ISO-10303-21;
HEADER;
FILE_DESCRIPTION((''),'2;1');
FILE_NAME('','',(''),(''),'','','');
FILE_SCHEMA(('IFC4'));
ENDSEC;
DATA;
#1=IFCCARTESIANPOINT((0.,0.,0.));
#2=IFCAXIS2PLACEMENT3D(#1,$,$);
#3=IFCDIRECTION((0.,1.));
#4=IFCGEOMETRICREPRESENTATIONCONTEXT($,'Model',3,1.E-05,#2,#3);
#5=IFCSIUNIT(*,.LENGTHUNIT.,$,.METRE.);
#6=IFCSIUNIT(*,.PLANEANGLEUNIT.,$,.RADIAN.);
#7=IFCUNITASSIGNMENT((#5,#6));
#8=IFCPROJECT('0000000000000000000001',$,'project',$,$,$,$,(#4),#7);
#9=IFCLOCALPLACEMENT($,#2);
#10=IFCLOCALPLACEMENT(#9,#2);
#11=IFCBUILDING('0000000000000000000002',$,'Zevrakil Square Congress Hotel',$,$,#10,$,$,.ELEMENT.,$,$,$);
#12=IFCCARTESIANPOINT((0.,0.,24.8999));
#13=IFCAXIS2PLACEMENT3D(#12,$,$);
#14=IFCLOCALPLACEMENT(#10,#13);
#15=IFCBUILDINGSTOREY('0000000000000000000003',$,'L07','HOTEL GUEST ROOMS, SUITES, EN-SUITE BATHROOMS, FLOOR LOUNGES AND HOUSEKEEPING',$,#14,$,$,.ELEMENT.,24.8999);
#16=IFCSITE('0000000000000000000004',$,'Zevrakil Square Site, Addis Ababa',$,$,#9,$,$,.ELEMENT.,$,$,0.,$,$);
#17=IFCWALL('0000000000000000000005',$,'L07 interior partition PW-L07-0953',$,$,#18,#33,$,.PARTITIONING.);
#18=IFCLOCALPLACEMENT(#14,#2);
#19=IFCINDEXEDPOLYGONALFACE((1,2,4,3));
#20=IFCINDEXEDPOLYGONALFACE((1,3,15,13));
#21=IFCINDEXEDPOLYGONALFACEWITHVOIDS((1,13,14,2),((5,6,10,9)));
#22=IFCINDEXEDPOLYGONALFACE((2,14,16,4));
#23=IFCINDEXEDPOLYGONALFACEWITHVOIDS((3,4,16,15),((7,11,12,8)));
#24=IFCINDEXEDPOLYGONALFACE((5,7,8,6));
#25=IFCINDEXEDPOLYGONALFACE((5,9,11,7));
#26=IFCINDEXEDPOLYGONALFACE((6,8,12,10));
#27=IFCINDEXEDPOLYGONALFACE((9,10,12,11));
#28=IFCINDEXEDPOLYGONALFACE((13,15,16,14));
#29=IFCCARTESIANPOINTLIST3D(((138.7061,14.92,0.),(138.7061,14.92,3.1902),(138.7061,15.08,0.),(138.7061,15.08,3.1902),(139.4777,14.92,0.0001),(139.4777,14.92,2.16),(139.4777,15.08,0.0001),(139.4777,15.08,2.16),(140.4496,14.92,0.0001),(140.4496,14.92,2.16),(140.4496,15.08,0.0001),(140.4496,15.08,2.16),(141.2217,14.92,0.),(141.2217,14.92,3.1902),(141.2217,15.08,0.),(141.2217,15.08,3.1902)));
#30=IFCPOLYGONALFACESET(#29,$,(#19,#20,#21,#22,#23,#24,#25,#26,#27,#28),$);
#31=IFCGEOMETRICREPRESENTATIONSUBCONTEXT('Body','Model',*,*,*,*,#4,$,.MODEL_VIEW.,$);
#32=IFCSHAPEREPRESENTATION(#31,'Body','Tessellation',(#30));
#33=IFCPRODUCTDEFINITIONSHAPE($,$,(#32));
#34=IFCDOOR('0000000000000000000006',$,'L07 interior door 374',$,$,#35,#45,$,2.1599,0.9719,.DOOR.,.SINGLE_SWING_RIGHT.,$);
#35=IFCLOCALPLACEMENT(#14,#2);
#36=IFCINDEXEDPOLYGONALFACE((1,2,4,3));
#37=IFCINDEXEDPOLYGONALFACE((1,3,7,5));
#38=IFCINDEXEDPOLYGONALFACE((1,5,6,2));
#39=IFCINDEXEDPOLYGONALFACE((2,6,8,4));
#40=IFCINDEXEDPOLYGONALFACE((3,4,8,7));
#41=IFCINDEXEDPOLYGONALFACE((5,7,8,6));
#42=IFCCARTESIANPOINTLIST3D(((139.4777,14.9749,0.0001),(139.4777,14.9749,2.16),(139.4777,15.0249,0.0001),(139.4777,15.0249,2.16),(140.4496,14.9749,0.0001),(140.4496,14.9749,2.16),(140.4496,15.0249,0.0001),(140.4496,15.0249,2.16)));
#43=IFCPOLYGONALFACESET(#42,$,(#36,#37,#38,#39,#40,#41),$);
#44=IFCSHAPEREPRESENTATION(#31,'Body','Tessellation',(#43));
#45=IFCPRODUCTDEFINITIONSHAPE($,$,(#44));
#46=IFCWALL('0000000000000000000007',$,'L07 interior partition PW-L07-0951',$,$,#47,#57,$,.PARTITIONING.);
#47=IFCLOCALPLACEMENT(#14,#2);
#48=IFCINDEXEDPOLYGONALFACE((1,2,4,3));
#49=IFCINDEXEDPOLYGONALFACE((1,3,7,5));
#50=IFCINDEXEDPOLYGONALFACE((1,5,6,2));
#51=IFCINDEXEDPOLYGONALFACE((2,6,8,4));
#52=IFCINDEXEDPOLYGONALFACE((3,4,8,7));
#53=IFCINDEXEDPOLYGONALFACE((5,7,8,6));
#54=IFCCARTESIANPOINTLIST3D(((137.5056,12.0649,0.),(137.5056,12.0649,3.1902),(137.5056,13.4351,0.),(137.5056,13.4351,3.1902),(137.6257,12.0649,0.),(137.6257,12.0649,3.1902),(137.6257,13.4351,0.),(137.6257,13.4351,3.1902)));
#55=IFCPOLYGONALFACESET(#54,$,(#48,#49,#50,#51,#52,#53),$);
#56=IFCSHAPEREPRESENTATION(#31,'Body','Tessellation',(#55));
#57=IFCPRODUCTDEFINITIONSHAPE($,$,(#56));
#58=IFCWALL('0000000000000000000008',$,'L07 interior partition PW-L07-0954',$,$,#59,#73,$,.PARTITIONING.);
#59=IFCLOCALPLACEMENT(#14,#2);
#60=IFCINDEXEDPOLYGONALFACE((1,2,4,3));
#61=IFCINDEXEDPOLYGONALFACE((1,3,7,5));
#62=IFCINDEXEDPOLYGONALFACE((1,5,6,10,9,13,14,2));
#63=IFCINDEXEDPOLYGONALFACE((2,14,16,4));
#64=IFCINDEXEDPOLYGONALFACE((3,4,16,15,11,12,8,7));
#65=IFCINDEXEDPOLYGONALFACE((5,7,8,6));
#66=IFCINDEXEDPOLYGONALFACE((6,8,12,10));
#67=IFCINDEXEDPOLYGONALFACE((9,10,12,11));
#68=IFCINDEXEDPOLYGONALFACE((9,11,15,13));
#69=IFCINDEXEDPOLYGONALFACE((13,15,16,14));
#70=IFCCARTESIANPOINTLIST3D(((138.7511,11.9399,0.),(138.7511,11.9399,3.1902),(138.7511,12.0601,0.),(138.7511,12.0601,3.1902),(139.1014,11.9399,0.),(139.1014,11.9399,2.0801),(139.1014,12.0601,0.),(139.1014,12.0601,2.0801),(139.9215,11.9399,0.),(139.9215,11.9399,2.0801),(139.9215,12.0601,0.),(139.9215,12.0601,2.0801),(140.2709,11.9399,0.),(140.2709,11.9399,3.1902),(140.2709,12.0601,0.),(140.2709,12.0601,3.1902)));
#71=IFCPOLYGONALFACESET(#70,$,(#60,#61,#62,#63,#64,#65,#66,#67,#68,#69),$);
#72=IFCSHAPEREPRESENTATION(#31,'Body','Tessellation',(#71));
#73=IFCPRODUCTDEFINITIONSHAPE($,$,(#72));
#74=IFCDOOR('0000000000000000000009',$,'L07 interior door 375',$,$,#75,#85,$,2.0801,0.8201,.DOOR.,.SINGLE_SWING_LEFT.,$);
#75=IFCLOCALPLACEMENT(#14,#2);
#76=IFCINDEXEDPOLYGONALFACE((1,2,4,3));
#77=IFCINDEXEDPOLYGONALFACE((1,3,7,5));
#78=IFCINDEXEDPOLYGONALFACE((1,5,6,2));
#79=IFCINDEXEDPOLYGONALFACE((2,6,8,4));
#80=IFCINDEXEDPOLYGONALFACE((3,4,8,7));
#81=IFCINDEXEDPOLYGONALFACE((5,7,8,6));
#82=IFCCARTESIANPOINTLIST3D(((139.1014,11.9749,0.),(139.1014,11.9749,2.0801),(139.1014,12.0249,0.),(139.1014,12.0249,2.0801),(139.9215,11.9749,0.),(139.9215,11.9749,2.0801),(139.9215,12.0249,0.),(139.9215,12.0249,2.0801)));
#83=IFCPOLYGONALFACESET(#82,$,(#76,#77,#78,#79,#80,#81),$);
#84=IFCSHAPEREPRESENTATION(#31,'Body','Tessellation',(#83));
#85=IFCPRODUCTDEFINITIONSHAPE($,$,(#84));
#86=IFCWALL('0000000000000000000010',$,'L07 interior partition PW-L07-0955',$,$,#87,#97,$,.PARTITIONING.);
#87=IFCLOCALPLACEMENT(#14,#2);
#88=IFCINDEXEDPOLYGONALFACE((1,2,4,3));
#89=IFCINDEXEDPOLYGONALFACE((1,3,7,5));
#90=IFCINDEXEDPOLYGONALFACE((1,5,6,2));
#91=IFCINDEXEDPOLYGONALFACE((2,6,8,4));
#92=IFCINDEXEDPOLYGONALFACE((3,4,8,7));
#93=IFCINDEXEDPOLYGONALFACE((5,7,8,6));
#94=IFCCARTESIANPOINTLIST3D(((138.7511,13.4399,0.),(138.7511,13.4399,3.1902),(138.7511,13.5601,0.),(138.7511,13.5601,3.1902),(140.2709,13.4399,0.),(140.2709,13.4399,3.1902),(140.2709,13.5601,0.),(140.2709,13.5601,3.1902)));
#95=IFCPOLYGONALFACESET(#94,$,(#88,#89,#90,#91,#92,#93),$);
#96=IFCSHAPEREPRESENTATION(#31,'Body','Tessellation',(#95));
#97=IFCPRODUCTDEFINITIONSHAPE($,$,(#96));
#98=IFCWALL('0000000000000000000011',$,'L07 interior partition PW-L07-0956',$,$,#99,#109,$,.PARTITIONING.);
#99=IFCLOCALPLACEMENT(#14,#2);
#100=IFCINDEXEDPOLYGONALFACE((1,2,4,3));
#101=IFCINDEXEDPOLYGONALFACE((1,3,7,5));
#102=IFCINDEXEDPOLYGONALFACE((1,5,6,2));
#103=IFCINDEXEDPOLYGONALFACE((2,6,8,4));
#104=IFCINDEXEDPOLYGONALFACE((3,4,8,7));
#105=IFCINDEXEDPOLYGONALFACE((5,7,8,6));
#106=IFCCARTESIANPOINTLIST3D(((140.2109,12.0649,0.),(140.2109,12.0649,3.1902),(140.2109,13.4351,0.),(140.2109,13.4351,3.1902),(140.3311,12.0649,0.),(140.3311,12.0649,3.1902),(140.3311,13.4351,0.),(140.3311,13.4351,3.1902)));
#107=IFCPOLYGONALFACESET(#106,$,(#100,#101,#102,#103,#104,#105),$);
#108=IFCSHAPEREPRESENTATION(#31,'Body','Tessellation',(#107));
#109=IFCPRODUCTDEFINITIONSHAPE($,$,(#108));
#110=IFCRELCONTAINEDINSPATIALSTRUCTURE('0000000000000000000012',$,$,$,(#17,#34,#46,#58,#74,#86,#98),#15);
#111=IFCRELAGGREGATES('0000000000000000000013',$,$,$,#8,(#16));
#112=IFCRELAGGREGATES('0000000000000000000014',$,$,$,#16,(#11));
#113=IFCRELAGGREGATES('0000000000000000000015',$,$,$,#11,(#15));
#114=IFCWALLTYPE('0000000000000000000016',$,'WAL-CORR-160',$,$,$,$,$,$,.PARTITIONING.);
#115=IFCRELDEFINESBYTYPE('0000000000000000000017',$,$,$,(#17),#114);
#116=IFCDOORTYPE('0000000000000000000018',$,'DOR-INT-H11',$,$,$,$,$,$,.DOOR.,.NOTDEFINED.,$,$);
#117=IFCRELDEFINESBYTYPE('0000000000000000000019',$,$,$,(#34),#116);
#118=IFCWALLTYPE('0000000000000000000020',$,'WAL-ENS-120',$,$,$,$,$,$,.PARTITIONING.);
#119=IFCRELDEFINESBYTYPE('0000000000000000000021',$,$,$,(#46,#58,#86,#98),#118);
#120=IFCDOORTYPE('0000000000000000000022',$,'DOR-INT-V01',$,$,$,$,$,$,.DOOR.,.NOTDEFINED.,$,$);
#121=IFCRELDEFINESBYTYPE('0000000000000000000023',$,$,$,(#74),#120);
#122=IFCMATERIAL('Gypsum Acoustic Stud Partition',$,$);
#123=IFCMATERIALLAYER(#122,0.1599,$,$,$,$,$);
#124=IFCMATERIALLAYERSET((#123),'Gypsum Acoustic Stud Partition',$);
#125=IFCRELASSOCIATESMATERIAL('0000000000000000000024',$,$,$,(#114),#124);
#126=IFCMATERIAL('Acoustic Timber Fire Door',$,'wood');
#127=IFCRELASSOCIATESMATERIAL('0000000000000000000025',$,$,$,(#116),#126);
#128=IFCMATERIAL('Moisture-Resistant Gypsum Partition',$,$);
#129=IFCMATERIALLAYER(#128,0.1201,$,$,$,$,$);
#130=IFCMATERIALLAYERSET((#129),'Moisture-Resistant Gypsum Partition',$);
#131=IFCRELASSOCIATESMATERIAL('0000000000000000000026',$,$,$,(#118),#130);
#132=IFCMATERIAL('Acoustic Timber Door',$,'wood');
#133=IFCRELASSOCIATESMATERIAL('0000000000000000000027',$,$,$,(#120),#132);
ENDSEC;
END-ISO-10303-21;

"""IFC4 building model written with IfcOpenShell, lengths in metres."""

from ifc_helpers import new_model, si_unit, direction, frame, frame_2d, origin, place, context, subcontext, project, spatial, rectangle, extrude, material, layer, layer_set, type_object, element, fill, save


model = new_model("IFC4")

# Units and contexts
model_context = context("Model", 3, precision=1e-05, world=origin(), true_north=direction((0.0, 1.0)))
body_context = subcontext(model_context, "Body", "Model", "MODEL_VIEW")
ifc_project = project(units=[si_unit("LENGTHUNIT", "METRE"), si_unit("PLANEANGLEUNIT", "RADIAN")], contexts=[model_context])

# Site, building, storey
site_placement = place(None, origin())
site = spatial("IfcSite", under=ifc_project, at=site_placement, Name="Zevrakil Square Site, Addis Ababa", CompositionType="ELEMENT", RefElevation=0.0)
building_placement = place(site_placement, origin())
building = spatial("IfcBuilding", under=site, at=building_placement, Name="Zevrakil Square Congress Hotel", CompositionType="ELEMENT")
storey_placement = place(building_placement, frame((0.0, 0.0, 24.8999)))
storey = spatial("IfcBuildingStorey", under=building, at=storey_placement, Name="L07", Description="HOTEL GUEST ROOMS, SUITES, EN-SUITE BATHROOMS, FLOOR LOUNGES AND HOUSEKEEPING", CompositionType="ELEMENT", Elevation=24.8999)

# Wall, opening, door
ifc_material_1 = material(Name="Gypsum Acoustic Stud Partition")
ifc_layer_1 = layer(ifc_material_1, 0.1599)
ifc_layer_set_1 = layer_set([ifc_layer_1], Name="Gypsum Acoustic Stud Partition")
wall_type_1 = type_object("IfcWallType", Name="WAL-CORR-160", PredefinedType="PARTITIONING", material=ifc_layer_set_1)
wall_1_placement = place(storey_placement, frame((138.7061, 15.0, 0.0), z_axis=(0.0, 0.0, 1.0), x_axis=(1.0, 0.0, 0.0)))
wall_1 = element("IfcWall", 1, at=wall_1_placement, inside=storey, type_object=wall_type_1, Name="L07 interior partition PW-L07-0953", PredefinedType="PARTITIONING", context=body_context, shape_type="SweptSolid", body=[
    extrude(rectangle(XDim=2.5156, YDim=0.1599, at=frame_2d((1.2578, 0.0))), origin(), (0.0, 0.0, 1.0), 3.1902),
])
opening_1_placement = place(wall_1_placement, frame((0.7717, 0.0, 0.0)))
opening_1 = element("IfcOpeningElement", 2, at=opening_1_placement, cuts=wall_1, PredefinedType="OPENING", context=body_context, shape_type="SweptSolid", body=[
    extrude(rectangle(XDim=0.9719, YDim=2.1599, at=frame_2d((0.4858, 1.0801))), frame((0.0, 0.0898, 0.0), z_axis=(0.0, -1.0, 0.0), x_axis=(1.0, 0.0, 0.0)), (0.0, 0.0, 1.0), 0.1799),
])
ifc_material_2 = material(Name="Acoustic Timber Fire Door", Category="wood")
door_type_1 = type_object("IfcDoorType", Name="DOR-INT-H11", OperationType="NOTDEFINED", PredefinedType="DOOR", material=ifc_material_2)
door_1_placement = place(opening_1_placement, origin())
door_1 = element("IfcDoor", 3, at=door_1_placement, inside=storey, type_object=door_type_1, Name="L07 interior door 374", OperationType="SINGLE_SWING_RIGHT", OverallHeight=2.1599, OverallWidth=0.9719, PredefinedType="DOOR", context=body_context, shape_type="SweptSolid", body=[
    extrude(rectangle(XDim=0.9719, YDim=2.1599, at=frame_2d((0.4858, 1.0801))), frame((0.0, 0.0249, 0.0), z_axis=(0.0, -1.0, 0.0), x_axis=(1.0, 0.0, 0.0)), (0.0, 0.0, 1.0), 0.05),
])
fill(opening_1, door_1)

# Wall
ifc_material_3 = material(Name="Moisture-Resistant Gypsum Partition")
ifc_layer_2 = layer(ifc_material_3, 0.1201)
ifc_layer_set_2 = layer_set([ifc_layer_2], Name="Moisture-Resistant Gypsum Partition")
wall_type_2 = type_object("IfcWallType", Name="WAL-ENS-120", PredefinedType="PARTITIONING", material=ifc_layer_set_2)
wall_2_placement = place(storey_placement, frame((137.5657, 12.0649, 0.0), z_axis=(0.0, 0.0, 1.0), x_axis=(0.0, 1.0, 0.0)))
element("IfcWall", 4, at=wall_2_placement, inside=storey, type_object=wall_type_2, Name="L07 interior partition PW-L07-0951", PredefinedType="PARTITIONING", context=body_context, shape_type="SweptSolid", body=[
    extrude(rectangle(XDim=1.3701, YDim=0.1201, at=frame_2d((0.6851, 0.0))), origin(), (0.0, 0.0, 1.0), 3.1902),
])

# Wall, opening, door
wall_3_placement = place(storey_placement, frame((138.7512, 12.0, 0.0), z_axis=(0.0, 0.0, 1.0), x_axis=(1.0, 0.0, 0.0)))
wall_3 = element("IfcWall", 5, at=wall_3_placement, inside=storey, type_object=wall_type_2, Name="L07 interior partition PW-L07-0954", PredefinedType="PARTITIONING", context=body_context, shape_type="SweptSolid", body=[
    extrude(rectangle(XDim=1.5198, YDim=0.1201, at=frame_2d((0.7598, 0.0))), origin(), (0.0, 0.0, 1.0), 3.1902),
])
opening_2_placement = place(wall_3_placement, frame((0.3501, 0.0, 0.0)))
opening_2 = element("IfcOpeningElement", 6, at=opening_2_placement, cuts=wall_3, PredefinedType="OPENING", context=body_context, shape_type="SweptSolid", body=[
    extrude(rectangle(XDim=0.8201, YDim=2.0801, at=frame_2d((0.4102, 1.04))), frame((0.0, 0.0701, 0.0), z_axis=(0.0, -1.0, 0.0), x_axis=(1.0, 0.0, 0.0)), (0.0, 0.0, 1.0), 0.1401),
])
ifc_material_4 = material(Name="Acoustic Timber Door", Category="wood")
door_type_2 = type_object("IfcDoorType", Name="DOR-INT-V01", OperationType="NOTDEFINED", PredefinedType="DOOR", material=ifc_material_4)
door_2_placement = place(opening_2_placement, origin())
door_2 = element("IfcDoor", 7, at=door_2_placement, inside=storey, type_object=door_type_2, Name="L07 interior door 375", OperationType="SINGLE_SWING_LEFT", OverallHeight=2.0801, OverallWidth=0.8201, PredefinedType="DOOR", context=body_context, shape_type="SweptSolid", body=[
    extrude(rectangle(XDim=0.8201, YDim=2.0801, at=frame_2d((0.4102, 1.04))), frame((0.0, 0.0249, 0.0), z_axis=(0.0, -1.0, 0.0), x_axis=(1.0, 0.0, 0.0)), (0.0, 0.0, 1.0), 0.05),
])
fill(opening_2, door_2)

# Walls
wall_4_placement = place(storey_placement, frame((138.7512, 13.5, 0.0), z_axis=(0.0, 0.0, 1.0), x_axis=(1.0, 0.0, 0.0)))
element("IfcWall", 8, at=wall_4_placement, inside=storey, type_object=wall_type_2, Name="L07 interior partition PW-L07-0955", PredefinedType="PARTITIONING", context=body_context, shape_type="SweptSolid", body=[
    extrude(rectangle(XDim=1.5198, YDim=0.1201, at=frame_2d((0.7598, 0.0))), origin(), (0.0, 0.0, 1.0), 3.1902),
])
wall_5_placement = place(storey_placement, frame((140.271, 12.0649, 0.0), z_axis=(0.0, 0.0, 1.0), x_axis=(0.0, 1.0, 0.0)))
element("IfcWall", 9, at=wall_5_placement, inside=storey, type_object=wall_type_2, Name="L07 interior partition PW-L07-0956", PredefinedType="PARTITIONING", context=body_context, shape_type="SweptSolid", body=[
    extrude(rectangle(XDim=1.3701, YDim=0.1201, at=frame_2d((0.6851, 0.0))), origin(), (0.0, 0.0, 1.0), 3.1902),
])

save(model, "model.ifc")
